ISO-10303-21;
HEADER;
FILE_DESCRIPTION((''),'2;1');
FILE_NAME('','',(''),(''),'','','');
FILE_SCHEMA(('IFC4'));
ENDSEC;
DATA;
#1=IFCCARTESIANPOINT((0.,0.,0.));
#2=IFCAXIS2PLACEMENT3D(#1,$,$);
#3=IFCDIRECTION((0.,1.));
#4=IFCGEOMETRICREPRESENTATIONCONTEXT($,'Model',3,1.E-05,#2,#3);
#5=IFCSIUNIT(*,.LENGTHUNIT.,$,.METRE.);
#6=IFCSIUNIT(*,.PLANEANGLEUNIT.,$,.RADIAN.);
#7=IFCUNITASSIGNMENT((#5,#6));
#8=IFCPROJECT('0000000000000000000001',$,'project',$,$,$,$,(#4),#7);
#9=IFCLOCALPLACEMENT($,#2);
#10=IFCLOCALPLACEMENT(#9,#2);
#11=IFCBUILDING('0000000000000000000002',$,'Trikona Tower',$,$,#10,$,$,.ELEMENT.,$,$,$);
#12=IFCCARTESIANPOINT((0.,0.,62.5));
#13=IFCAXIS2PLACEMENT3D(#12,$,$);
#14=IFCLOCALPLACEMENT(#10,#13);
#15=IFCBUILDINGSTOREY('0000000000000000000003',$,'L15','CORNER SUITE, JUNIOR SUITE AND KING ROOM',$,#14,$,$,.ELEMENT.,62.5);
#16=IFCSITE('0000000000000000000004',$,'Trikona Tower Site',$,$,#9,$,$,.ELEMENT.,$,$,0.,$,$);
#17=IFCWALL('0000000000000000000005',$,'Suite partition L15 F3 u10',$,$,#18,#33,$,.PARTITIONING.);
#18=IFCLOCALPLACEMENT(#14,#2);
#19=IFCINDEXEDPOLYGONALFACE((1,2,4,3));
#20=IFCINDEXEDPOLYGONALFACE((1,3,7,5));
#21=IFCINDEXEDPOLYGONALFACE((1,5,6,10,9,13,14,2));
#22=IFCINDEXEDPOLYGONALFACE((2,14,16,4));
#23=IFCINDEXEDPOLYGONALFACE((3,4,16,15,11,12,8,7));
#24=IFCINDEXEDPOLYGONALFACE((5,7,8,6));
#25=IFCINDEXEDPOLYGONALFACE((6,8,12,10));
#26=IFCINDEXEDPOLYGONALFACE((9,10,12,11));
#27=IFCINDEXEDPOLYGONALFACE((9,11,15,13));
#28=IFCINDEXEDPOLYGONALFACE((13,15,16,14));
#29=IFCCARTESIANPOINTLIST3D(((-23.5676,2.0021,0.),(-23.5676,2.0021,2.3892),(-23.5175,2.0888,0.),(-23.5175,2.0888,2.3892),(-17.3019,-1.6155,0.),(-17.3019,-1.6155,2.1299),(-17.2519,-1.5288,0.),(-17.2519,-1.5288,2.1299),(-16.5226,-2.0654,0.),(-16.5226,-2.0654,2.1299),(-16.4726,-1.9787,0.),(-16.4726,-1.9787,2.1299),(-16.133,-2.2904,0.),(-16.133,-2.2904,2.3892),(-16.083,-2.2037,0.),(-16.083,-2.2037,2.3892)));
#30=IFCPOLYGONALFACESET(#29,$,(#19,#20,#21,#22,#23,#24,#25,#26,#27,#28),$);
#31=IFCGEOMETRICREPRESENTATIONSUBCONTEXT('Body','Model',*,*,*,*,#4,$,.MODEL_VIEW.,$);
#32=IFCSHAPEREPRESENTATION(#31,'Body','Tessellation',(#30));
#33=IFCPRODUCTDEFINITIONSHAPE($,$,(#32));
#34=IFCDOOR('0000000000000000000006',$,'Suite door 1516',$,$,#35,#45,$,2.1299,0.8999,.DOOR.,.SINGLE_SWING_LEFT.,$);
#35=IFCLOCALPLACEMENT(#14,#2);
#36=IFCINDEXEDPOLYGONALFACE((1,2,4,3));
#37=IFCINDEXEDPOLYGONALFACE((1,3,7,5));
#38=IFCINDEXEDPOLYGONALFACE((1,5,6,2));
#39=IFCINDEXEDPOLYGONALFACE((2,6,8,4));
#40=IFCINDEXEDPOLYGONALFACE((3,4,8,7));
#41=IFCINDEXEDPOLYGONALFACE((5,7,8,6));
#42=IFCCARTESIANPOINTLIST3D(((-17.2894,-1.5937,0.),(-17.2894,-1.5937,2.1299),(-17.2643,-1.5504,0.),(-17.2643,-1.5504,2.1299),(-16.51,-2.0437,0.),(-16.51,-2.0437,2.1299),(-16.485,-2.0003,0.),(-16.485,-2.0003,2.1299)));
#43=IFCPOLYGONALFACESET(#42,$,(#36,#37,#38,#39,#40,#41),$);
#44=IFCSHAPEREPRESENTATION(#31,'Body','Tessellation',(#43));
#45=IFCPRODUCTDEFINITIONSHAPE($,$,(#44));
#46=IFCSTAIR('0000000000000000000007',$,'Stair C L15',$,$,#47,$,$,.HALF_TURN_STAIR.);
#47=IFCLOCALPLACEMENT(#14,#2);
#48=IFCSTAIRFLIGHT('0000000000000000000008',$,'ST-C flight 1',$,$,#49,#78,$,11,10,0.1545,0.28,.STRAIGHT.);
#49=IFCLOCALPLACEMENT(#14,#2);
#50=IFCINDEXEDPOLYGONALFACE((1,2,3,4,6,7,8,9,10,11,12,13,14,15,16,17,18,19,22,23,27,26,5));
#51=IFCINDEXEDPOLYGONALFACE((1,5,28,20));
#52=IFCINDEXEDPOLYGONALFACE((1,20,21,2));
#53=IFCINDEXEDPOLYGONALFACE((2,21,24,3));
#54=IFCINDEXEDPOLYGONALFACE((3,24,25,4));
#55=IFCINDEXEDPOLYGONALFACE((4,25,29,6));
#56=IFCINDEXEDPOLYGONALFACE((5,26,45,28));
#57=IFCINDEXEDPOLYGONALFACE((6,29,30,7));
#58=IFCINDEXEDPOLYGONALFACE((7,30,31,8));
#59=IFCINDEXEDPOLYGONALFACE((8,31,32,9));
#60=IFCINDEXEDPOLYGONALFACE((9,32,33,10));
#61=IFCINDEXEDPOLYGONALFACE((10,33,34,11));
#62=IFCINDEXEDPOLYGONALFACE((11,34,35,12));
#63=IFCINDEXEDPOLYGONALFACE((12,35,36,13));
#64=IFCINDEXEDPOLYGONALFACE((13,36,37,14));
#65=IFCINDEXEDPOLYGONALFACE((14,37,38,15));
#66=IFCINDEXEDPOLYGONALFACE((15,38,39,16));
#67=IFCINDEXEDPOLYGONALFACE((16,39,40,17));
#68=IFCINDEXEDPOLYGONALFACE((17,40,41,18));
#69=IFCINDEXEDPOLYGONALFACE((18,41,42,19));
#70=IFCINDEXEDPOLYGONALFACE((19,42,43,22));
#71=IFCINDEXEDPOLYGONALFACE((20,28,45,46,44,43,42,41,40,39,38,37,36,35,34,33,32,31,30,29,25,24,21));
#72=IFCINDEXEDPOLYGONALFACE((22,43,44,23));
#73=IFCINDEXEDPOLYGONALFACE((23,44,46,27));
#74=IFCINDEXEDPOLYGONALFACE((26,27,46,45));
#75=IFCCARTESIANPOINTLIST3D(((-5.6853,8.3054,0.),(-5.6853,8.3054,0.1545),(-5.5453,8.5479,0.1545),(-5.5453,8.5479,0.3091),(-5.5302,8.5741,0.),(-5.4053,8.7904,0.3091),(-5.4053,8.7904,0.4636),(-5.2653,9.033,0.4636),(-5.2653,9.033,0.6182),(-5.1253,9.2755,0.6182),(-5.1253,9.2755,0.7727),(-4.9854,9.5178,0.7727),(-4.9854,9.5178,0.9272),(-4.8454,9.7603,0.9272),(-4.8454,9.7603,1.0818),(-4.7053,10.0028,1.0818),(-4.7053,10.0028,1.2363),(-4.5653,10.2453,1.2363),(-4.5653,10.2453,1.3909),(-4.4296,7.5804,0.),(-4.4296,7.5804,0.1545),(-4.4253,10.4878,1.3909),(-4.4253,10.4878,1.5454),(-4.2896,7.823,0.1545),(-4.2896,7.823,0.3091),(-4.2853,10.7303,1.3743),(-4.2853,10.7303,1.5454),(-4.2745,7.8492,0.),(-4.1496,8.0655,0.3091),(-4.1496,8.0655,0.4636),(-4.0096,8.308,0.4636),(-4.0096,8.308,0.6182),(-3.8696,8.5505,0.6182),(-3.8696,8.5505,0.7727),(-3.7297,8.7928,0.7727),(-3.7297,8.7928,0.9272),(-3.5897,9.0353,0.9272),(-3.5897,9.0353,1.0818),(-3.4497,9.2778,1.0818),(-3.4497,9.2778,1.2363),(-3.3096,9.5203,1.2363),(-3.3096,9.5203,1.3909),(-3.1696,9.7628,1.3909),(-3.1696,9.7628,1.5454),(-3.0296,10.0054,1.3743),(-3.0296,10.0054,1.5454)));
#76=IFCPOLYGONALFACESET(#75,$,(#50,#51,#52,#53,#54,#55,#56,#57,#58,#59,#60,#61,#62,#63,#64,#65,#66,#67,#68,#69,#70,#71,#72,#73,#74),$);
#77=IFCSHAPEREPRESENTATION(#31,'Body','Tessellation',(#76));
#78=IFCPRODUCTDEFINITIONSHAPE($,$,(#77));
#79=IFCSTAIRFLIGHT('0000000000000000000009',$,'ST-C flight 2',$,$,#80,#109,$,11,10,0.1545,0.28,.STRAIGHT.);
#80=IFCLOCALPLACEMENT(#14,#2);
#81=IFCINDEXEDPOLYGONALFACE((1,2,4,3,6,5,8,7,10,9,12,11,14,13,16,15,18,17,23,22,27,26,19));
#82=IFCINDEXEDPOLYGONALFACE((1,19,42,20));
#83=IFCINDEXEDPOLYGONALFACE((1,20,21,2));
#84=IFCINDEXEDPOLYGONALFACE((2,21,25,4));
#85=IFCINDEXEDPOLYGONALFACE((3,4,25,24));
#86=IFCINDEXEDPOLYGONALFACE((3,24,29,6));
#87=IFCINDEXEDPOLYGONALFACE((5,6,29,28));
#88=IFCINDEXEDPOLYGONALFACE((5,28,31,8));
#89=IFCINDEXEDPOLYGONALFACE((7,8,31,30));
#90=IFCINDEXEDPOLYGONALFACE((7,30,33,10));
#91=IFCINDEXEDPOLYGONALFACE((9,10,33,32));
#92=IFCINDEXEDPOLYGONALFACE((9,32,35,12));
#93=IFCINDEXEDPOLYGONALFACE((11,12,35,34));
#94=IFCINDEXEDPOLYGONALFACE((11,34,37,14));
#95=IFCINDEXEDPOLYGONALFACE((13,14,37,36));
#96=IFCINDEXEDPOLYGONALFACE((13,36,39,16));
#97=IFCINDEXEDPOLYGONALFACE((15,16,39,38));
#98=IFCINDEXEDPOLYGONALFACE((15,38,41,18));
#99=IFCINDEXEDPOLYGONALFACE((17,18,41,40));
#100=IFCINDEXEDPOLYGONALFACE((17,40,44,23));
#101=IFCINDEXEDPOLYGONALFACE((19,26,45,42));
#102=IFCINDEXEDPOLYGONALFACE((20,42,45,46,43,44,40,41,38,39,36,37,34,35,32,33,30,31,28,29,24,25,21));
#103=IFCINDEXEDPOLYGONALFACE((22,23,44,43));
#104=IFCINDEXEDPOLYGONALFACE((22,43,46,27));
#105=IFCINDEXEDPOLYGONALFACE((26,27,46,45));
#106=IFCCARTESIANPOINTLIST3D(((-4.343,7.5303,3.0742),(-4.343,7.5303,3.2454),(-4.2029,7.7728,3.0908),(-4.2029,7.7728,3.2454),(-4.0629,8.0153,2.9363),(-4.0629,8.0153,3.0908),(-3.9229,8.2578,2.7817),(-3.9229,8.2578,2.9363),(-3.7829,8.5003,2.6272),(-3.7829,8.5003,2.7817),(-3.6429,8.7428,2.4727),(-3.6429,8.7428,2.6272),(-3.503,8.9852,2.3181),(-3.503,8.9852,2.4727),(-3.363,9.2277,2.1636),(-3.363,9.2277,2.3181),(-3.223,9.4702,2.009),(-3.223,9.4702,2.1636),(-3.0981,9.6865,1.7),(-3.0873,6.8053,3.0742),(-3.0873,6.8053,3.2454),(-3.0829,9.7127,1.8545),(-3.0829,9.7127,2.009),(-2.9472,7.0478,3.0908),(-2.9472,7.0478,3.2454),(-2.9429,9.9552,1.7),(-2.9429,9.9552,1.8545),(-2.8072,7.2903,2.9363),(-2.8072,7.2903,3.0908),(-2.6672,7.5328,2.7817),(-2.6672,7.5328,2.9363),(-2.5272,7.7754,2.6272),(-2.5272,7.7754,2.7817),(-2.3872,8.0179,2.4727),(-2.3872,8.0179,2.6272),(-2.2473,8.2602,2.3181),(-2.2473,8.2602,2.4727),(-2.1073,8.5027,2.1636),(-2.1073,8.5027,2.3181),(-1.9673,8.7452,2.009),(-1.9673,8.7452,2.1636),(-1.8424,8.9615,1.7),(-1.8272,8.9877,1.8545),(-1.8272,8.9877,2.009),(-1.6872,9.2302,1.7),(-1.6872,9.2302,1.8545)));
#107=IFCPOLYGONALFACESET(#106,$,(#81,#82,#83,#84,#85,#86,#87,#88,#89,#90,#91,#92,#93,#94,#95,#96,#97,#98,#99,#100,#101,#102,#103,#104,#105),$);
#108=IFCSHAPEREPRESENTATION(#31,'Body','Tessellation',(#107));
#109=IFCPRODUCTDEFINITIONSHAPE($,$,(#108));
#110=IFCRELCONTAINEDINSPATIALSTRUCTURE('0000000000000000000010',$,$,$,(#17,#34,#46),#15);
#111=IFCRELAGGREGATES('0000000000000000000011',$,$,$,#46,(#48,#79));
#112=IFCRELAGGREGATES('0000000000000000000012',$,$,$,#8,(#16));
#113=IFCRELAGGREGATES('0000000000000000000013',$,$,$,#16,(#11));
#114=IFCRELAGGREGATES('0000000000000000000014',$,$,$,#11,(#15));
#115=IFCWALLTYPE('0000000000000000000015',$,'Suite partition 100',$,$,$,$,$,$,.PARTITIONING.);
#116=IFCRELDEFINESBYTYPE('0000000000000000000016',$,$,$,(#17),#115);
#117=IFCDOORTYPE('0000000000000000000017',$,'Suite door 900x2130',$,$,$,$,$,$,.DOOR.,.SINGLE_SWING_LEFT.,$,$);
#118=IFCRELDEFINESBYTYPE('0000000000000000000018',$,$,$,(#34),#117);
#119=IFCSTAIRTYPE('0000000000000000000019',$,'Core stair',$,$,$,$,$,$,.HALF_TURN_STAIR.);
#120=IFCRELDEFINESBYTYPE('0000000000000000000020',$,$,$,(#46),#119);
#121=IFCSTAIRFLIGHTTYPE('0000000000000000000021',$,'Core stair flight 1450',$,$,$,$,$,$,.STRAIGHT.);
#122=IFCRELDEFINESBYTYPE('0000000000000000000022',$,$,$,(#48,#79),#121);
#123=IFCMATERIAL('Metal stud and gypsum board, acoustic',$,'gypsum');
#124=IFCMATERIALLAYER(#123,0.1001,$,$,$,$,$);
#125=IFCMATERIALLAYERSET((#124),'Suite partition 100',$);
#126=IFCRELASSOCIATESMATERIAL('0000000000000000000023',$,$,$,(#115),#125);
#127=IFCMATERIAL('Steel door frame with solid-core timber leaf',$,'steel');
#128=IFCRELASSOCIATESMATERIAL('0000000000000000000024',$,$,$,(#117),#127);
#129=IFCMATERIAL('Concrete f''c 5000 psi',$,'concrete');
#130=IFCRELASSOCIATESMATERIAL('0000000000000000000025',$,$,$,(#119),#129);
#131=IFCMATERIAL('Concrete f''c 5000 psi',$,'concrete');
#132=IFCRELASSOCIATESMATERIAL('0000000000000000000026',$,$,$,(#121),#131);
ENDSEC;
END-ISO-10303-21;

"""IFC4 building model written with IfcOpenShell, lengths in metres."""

from ifc_helpers import new_model, si_unit, direction, frame, frame_2d, origin, place, context, subcontext, project, spatial, polyline, rectangle, outline, extrude, material, layer, layer_set, type_object, element, fill, aggregate, save


model = new_model("IFC4")

# Units and contexts
model_context = context("Model", 3, precision=1e-05, world=origin(), true_north=direction((0.0, 1.0)))
body_context = subcontext(model_context, "Body", "Model", "MODEL_VIEW")
ifc_project = project(units=[si_unit("LENGTHUNIT", "METRE"), si_unit("PLANEANGLEUNIT", "RADIAN")], contexts=[model_context])

# Site, building, storey
site_placement = place(None, origin())
site = spatial("IfcSite", under=ifc_project, at=site_placement, Name="Trikona Tower Site", CompositionType="ELEMENT", RefElevation=0.0)
building_placement = place(site_placement, origin())
building = spatial("IfcBuilding", under=site, at=building_placement, Name="Trikona Tower", CompositionType="ELEMENT")
storey_placement = place(building_placement, frame((0.0, 0.0, 62.5)))
storey = spatial("IfcBuildingStorey", under=building, at=storey_placement, Name="L15", Description="CORNER SUITE, JUNIOR SUITE AND KING ROOM", CompositionType="ELEMENT", Elevation=62.5)

# Wall, opening, door
ifc_material_1 = material(Name="Metal stud and gypsum board, acoustic", Category="gypsum")
ifc_layer_1 = layer(ifc_material_1, 0.1001)
ifc_layer_set_1 = layer_set([ifc_layer_1], Name="Suite partition 100")
wall_type_1 = type_object("IfcWallType", Name="Suite partition 100", PredefinedType="PARTITIONING", material=ifc_layer_set_1)
wall_1_placement = place(storey_placement, frame((-16.1079, -2.2471, 0.0), z_axis=(0.0, 0.0, 1.0), x_axis=(-0.866019, 0.500011, 0.0)))
wall_1 = element("IfcWall", 1, at=wall_1_placement, inside=storey, type_object=wall_type_1, Name="Suite partition L15 F3 u10", PredefinedType="PARTITIONING", context=body_context, shape_type="SweptSolid", body=[
    extrude(rectangle(XDim=8.5847, YDim=0.1001, at=frame_2d((4.2925, 0.0))), origin(), (0.0, 0.0, 1.0), 2.3892),
])
opening_1_placement = place(wall_1_placement, frame((0.45, 0.0, 0.0)))
opening_1 = element("IfcOpeningElement", 2, at=opening_1_placement, cuts=wall_1, PredefinedType="OPENING", context=body_context, shape_type="SweptSolid", body=[
    extrude(rectangle(XDim=0.8999, YDim=2.1299, at=frame_2d((0.45, 1.0649))), frame((0.0, 0.0601, 0.0), z_axis=(0.0, -1.0, 0.0), x_axis=(1.0, 0.0, 0.0)), (0.0, 0.0, 1.0), 0.1201),
])
ifc_material_2 = material(Name="Steel door frame with solid-core timber leaf", Category="steel")
door_type_1 = type_object("IfcDoorType", Name="Suite door 900x2130", OperationType="SINGLE_SWING_LEFT", PredefinedType="DOOR", material=ifc_material_2)
door_1_placement = place(opening_1_placement, origin())
door_1 = element("IfcDoor", 3, at=door_1_placement, inside=storey, type_object=door_type_1, Name="Suite door 1516", OperationType="SINGLE_SWING_LEFT", OverallHeight=2.1299, OverallWidth=0.8999, PredefinedType="DOOR", context=body_context, shape_type="SweptSolid", body=[
    extrude(rectangle(XDim=0.8999, YDim=2.1299, at=frame_2d((0.45, 1.0649))), frame((0.0, 0.0249, 0.0), z_axis=(0.0, -1.0, 0.0), x_axis=(1.0, 0.0, 0.0)), (0.0, 0.0, 1.0), 0.05),
])
fill(opening_1, door_1)

# Stair, stair flights
ifc_material_3 = material(Name="Concrete f'c 5000 psi", Category="concrete")
stair_type = type_object("IfcStairType", Name="Core stair", PredefinedType="HALF_TURN_STAIR", material=ifc_material_3)
stair_placement = place(storey_placement, origin())
stair = element("IfcStair", 4, at=stair_placement, inside=storey, type_object=stair_type, Name="Stair C L15", PredefinedType="HALF_TURN_STAIR")
ifc_material_4 = material(Name="Concrete f'c 5000 psi", Category="concrete")
stair_flight_type = type_object("IfcStairFlightType", Name="Core stair flight 1450", PredefinedType="STRAIGHT", material=ifc_material_4)
stair_flight_1_placement = place(storey_placement, frame((-5.0574, 7.9429, 0.0), z_axis=(0.0, 0.0, 1.0), x_axis=(0.5, 0.866025, 0.0)))
stair_flight_1 = element("IfcStairFlight", 5, at=stair_flight_1_placement, type_object=stair_flight_type, Name="ST-C flight 1", NumberOfRisers=11, NumberOfTreads=10, PredefinedType="STRAIGHT", RiserHeight=0.1545, TreadLength=0.28, context=body_context, shape_type="SweptSolid", body=[
    extrude(outline(polyline([(0.0, 0.0), (0.0, 0.1545), (0.28, 0.1545), (0.28, 0.3091), (0.5601, 0.3091), (0.5601, 0.4636), (0.8401, 0.4636), (0.8401, 0.6182), (1.1201, 0.6182), (1.1201, 0.7727), (1.3999, 0.7727), (1.3999, 0.9272), (1.6799, 0.9272), (1.6799, 1.0818), (1.96, 1.0818), (1.96, 1.2363), (2.24, 1.2363), (2.24, 1.3909), (2.52, 1.3909), (2.52, 1.5454), (2.8, 1.5454), (2.8, 1.7), (2.8, 1.3743), (0.3103, 0.0), (0.0, 0.0)])), frame((0.0, 0.7251, 0.0), z_axis=(0.0, -1.0, 0.0), x_axis=(1.0, 0.0, 0.0)), (0.0, 0.0, 1.0), 1.45),
])
stair_flight_2_placement = place(storey_placement, frame((-2.3152, 9.5928, 1.7), z_axis=(0.0, 0.0, 1.0), x_axis=(-0.5, -0.866025, 0.0)))
stair_flight_2 = element("IfcStairFlight", 6, at=stair_flight_2_placement, type_object=stair_flight_type, Name="ST-C flight 2", NumberOfRisers=11, NumberOfTreads=10, PredefinedType="STRAIGHT", RiserHeight=0.1545, TreadLength=0.28, context=body_context, shape_type="SweptSolid", body=[
    extrude(outline(polyline([(0.0, 0.0), (0.0, 0.1545), (0.28, 0.1545), (0.28, 0.3091), (0.5601, 0.3091), (0.5601, 0.4636), (0.8401, 0.4636), (0.8401, 0.6182), (1.1201, 0.6182), (1.1201, 0.7727), (1.3999, 0.7727), (1.3999, 0.9272), (1.6799, 0.9272), (1.6799, 1.0818), (1.96, 1.0818), (1.96, 1.2363), (2.24, 1.2363), (2.24, 1.3909), (2.52, 1.3909), (2.52, 1.5454), (2.8, 1.5454), (2.8, 1.7), (2.8, 1.3743), (0.3103, 0.0), (0.0, 0.0)])), frame((0.0, 0.7251, 0.0), z_axis=(0.0, -1.0, 0.0), x_axis=(1.0, 0.0, 0.0)), (0.0, 0.0, 1.0), 1.45),
])
aggregate(stair, [stair_flight_1, stair_flight_2])

save(model, "model.ifc")
